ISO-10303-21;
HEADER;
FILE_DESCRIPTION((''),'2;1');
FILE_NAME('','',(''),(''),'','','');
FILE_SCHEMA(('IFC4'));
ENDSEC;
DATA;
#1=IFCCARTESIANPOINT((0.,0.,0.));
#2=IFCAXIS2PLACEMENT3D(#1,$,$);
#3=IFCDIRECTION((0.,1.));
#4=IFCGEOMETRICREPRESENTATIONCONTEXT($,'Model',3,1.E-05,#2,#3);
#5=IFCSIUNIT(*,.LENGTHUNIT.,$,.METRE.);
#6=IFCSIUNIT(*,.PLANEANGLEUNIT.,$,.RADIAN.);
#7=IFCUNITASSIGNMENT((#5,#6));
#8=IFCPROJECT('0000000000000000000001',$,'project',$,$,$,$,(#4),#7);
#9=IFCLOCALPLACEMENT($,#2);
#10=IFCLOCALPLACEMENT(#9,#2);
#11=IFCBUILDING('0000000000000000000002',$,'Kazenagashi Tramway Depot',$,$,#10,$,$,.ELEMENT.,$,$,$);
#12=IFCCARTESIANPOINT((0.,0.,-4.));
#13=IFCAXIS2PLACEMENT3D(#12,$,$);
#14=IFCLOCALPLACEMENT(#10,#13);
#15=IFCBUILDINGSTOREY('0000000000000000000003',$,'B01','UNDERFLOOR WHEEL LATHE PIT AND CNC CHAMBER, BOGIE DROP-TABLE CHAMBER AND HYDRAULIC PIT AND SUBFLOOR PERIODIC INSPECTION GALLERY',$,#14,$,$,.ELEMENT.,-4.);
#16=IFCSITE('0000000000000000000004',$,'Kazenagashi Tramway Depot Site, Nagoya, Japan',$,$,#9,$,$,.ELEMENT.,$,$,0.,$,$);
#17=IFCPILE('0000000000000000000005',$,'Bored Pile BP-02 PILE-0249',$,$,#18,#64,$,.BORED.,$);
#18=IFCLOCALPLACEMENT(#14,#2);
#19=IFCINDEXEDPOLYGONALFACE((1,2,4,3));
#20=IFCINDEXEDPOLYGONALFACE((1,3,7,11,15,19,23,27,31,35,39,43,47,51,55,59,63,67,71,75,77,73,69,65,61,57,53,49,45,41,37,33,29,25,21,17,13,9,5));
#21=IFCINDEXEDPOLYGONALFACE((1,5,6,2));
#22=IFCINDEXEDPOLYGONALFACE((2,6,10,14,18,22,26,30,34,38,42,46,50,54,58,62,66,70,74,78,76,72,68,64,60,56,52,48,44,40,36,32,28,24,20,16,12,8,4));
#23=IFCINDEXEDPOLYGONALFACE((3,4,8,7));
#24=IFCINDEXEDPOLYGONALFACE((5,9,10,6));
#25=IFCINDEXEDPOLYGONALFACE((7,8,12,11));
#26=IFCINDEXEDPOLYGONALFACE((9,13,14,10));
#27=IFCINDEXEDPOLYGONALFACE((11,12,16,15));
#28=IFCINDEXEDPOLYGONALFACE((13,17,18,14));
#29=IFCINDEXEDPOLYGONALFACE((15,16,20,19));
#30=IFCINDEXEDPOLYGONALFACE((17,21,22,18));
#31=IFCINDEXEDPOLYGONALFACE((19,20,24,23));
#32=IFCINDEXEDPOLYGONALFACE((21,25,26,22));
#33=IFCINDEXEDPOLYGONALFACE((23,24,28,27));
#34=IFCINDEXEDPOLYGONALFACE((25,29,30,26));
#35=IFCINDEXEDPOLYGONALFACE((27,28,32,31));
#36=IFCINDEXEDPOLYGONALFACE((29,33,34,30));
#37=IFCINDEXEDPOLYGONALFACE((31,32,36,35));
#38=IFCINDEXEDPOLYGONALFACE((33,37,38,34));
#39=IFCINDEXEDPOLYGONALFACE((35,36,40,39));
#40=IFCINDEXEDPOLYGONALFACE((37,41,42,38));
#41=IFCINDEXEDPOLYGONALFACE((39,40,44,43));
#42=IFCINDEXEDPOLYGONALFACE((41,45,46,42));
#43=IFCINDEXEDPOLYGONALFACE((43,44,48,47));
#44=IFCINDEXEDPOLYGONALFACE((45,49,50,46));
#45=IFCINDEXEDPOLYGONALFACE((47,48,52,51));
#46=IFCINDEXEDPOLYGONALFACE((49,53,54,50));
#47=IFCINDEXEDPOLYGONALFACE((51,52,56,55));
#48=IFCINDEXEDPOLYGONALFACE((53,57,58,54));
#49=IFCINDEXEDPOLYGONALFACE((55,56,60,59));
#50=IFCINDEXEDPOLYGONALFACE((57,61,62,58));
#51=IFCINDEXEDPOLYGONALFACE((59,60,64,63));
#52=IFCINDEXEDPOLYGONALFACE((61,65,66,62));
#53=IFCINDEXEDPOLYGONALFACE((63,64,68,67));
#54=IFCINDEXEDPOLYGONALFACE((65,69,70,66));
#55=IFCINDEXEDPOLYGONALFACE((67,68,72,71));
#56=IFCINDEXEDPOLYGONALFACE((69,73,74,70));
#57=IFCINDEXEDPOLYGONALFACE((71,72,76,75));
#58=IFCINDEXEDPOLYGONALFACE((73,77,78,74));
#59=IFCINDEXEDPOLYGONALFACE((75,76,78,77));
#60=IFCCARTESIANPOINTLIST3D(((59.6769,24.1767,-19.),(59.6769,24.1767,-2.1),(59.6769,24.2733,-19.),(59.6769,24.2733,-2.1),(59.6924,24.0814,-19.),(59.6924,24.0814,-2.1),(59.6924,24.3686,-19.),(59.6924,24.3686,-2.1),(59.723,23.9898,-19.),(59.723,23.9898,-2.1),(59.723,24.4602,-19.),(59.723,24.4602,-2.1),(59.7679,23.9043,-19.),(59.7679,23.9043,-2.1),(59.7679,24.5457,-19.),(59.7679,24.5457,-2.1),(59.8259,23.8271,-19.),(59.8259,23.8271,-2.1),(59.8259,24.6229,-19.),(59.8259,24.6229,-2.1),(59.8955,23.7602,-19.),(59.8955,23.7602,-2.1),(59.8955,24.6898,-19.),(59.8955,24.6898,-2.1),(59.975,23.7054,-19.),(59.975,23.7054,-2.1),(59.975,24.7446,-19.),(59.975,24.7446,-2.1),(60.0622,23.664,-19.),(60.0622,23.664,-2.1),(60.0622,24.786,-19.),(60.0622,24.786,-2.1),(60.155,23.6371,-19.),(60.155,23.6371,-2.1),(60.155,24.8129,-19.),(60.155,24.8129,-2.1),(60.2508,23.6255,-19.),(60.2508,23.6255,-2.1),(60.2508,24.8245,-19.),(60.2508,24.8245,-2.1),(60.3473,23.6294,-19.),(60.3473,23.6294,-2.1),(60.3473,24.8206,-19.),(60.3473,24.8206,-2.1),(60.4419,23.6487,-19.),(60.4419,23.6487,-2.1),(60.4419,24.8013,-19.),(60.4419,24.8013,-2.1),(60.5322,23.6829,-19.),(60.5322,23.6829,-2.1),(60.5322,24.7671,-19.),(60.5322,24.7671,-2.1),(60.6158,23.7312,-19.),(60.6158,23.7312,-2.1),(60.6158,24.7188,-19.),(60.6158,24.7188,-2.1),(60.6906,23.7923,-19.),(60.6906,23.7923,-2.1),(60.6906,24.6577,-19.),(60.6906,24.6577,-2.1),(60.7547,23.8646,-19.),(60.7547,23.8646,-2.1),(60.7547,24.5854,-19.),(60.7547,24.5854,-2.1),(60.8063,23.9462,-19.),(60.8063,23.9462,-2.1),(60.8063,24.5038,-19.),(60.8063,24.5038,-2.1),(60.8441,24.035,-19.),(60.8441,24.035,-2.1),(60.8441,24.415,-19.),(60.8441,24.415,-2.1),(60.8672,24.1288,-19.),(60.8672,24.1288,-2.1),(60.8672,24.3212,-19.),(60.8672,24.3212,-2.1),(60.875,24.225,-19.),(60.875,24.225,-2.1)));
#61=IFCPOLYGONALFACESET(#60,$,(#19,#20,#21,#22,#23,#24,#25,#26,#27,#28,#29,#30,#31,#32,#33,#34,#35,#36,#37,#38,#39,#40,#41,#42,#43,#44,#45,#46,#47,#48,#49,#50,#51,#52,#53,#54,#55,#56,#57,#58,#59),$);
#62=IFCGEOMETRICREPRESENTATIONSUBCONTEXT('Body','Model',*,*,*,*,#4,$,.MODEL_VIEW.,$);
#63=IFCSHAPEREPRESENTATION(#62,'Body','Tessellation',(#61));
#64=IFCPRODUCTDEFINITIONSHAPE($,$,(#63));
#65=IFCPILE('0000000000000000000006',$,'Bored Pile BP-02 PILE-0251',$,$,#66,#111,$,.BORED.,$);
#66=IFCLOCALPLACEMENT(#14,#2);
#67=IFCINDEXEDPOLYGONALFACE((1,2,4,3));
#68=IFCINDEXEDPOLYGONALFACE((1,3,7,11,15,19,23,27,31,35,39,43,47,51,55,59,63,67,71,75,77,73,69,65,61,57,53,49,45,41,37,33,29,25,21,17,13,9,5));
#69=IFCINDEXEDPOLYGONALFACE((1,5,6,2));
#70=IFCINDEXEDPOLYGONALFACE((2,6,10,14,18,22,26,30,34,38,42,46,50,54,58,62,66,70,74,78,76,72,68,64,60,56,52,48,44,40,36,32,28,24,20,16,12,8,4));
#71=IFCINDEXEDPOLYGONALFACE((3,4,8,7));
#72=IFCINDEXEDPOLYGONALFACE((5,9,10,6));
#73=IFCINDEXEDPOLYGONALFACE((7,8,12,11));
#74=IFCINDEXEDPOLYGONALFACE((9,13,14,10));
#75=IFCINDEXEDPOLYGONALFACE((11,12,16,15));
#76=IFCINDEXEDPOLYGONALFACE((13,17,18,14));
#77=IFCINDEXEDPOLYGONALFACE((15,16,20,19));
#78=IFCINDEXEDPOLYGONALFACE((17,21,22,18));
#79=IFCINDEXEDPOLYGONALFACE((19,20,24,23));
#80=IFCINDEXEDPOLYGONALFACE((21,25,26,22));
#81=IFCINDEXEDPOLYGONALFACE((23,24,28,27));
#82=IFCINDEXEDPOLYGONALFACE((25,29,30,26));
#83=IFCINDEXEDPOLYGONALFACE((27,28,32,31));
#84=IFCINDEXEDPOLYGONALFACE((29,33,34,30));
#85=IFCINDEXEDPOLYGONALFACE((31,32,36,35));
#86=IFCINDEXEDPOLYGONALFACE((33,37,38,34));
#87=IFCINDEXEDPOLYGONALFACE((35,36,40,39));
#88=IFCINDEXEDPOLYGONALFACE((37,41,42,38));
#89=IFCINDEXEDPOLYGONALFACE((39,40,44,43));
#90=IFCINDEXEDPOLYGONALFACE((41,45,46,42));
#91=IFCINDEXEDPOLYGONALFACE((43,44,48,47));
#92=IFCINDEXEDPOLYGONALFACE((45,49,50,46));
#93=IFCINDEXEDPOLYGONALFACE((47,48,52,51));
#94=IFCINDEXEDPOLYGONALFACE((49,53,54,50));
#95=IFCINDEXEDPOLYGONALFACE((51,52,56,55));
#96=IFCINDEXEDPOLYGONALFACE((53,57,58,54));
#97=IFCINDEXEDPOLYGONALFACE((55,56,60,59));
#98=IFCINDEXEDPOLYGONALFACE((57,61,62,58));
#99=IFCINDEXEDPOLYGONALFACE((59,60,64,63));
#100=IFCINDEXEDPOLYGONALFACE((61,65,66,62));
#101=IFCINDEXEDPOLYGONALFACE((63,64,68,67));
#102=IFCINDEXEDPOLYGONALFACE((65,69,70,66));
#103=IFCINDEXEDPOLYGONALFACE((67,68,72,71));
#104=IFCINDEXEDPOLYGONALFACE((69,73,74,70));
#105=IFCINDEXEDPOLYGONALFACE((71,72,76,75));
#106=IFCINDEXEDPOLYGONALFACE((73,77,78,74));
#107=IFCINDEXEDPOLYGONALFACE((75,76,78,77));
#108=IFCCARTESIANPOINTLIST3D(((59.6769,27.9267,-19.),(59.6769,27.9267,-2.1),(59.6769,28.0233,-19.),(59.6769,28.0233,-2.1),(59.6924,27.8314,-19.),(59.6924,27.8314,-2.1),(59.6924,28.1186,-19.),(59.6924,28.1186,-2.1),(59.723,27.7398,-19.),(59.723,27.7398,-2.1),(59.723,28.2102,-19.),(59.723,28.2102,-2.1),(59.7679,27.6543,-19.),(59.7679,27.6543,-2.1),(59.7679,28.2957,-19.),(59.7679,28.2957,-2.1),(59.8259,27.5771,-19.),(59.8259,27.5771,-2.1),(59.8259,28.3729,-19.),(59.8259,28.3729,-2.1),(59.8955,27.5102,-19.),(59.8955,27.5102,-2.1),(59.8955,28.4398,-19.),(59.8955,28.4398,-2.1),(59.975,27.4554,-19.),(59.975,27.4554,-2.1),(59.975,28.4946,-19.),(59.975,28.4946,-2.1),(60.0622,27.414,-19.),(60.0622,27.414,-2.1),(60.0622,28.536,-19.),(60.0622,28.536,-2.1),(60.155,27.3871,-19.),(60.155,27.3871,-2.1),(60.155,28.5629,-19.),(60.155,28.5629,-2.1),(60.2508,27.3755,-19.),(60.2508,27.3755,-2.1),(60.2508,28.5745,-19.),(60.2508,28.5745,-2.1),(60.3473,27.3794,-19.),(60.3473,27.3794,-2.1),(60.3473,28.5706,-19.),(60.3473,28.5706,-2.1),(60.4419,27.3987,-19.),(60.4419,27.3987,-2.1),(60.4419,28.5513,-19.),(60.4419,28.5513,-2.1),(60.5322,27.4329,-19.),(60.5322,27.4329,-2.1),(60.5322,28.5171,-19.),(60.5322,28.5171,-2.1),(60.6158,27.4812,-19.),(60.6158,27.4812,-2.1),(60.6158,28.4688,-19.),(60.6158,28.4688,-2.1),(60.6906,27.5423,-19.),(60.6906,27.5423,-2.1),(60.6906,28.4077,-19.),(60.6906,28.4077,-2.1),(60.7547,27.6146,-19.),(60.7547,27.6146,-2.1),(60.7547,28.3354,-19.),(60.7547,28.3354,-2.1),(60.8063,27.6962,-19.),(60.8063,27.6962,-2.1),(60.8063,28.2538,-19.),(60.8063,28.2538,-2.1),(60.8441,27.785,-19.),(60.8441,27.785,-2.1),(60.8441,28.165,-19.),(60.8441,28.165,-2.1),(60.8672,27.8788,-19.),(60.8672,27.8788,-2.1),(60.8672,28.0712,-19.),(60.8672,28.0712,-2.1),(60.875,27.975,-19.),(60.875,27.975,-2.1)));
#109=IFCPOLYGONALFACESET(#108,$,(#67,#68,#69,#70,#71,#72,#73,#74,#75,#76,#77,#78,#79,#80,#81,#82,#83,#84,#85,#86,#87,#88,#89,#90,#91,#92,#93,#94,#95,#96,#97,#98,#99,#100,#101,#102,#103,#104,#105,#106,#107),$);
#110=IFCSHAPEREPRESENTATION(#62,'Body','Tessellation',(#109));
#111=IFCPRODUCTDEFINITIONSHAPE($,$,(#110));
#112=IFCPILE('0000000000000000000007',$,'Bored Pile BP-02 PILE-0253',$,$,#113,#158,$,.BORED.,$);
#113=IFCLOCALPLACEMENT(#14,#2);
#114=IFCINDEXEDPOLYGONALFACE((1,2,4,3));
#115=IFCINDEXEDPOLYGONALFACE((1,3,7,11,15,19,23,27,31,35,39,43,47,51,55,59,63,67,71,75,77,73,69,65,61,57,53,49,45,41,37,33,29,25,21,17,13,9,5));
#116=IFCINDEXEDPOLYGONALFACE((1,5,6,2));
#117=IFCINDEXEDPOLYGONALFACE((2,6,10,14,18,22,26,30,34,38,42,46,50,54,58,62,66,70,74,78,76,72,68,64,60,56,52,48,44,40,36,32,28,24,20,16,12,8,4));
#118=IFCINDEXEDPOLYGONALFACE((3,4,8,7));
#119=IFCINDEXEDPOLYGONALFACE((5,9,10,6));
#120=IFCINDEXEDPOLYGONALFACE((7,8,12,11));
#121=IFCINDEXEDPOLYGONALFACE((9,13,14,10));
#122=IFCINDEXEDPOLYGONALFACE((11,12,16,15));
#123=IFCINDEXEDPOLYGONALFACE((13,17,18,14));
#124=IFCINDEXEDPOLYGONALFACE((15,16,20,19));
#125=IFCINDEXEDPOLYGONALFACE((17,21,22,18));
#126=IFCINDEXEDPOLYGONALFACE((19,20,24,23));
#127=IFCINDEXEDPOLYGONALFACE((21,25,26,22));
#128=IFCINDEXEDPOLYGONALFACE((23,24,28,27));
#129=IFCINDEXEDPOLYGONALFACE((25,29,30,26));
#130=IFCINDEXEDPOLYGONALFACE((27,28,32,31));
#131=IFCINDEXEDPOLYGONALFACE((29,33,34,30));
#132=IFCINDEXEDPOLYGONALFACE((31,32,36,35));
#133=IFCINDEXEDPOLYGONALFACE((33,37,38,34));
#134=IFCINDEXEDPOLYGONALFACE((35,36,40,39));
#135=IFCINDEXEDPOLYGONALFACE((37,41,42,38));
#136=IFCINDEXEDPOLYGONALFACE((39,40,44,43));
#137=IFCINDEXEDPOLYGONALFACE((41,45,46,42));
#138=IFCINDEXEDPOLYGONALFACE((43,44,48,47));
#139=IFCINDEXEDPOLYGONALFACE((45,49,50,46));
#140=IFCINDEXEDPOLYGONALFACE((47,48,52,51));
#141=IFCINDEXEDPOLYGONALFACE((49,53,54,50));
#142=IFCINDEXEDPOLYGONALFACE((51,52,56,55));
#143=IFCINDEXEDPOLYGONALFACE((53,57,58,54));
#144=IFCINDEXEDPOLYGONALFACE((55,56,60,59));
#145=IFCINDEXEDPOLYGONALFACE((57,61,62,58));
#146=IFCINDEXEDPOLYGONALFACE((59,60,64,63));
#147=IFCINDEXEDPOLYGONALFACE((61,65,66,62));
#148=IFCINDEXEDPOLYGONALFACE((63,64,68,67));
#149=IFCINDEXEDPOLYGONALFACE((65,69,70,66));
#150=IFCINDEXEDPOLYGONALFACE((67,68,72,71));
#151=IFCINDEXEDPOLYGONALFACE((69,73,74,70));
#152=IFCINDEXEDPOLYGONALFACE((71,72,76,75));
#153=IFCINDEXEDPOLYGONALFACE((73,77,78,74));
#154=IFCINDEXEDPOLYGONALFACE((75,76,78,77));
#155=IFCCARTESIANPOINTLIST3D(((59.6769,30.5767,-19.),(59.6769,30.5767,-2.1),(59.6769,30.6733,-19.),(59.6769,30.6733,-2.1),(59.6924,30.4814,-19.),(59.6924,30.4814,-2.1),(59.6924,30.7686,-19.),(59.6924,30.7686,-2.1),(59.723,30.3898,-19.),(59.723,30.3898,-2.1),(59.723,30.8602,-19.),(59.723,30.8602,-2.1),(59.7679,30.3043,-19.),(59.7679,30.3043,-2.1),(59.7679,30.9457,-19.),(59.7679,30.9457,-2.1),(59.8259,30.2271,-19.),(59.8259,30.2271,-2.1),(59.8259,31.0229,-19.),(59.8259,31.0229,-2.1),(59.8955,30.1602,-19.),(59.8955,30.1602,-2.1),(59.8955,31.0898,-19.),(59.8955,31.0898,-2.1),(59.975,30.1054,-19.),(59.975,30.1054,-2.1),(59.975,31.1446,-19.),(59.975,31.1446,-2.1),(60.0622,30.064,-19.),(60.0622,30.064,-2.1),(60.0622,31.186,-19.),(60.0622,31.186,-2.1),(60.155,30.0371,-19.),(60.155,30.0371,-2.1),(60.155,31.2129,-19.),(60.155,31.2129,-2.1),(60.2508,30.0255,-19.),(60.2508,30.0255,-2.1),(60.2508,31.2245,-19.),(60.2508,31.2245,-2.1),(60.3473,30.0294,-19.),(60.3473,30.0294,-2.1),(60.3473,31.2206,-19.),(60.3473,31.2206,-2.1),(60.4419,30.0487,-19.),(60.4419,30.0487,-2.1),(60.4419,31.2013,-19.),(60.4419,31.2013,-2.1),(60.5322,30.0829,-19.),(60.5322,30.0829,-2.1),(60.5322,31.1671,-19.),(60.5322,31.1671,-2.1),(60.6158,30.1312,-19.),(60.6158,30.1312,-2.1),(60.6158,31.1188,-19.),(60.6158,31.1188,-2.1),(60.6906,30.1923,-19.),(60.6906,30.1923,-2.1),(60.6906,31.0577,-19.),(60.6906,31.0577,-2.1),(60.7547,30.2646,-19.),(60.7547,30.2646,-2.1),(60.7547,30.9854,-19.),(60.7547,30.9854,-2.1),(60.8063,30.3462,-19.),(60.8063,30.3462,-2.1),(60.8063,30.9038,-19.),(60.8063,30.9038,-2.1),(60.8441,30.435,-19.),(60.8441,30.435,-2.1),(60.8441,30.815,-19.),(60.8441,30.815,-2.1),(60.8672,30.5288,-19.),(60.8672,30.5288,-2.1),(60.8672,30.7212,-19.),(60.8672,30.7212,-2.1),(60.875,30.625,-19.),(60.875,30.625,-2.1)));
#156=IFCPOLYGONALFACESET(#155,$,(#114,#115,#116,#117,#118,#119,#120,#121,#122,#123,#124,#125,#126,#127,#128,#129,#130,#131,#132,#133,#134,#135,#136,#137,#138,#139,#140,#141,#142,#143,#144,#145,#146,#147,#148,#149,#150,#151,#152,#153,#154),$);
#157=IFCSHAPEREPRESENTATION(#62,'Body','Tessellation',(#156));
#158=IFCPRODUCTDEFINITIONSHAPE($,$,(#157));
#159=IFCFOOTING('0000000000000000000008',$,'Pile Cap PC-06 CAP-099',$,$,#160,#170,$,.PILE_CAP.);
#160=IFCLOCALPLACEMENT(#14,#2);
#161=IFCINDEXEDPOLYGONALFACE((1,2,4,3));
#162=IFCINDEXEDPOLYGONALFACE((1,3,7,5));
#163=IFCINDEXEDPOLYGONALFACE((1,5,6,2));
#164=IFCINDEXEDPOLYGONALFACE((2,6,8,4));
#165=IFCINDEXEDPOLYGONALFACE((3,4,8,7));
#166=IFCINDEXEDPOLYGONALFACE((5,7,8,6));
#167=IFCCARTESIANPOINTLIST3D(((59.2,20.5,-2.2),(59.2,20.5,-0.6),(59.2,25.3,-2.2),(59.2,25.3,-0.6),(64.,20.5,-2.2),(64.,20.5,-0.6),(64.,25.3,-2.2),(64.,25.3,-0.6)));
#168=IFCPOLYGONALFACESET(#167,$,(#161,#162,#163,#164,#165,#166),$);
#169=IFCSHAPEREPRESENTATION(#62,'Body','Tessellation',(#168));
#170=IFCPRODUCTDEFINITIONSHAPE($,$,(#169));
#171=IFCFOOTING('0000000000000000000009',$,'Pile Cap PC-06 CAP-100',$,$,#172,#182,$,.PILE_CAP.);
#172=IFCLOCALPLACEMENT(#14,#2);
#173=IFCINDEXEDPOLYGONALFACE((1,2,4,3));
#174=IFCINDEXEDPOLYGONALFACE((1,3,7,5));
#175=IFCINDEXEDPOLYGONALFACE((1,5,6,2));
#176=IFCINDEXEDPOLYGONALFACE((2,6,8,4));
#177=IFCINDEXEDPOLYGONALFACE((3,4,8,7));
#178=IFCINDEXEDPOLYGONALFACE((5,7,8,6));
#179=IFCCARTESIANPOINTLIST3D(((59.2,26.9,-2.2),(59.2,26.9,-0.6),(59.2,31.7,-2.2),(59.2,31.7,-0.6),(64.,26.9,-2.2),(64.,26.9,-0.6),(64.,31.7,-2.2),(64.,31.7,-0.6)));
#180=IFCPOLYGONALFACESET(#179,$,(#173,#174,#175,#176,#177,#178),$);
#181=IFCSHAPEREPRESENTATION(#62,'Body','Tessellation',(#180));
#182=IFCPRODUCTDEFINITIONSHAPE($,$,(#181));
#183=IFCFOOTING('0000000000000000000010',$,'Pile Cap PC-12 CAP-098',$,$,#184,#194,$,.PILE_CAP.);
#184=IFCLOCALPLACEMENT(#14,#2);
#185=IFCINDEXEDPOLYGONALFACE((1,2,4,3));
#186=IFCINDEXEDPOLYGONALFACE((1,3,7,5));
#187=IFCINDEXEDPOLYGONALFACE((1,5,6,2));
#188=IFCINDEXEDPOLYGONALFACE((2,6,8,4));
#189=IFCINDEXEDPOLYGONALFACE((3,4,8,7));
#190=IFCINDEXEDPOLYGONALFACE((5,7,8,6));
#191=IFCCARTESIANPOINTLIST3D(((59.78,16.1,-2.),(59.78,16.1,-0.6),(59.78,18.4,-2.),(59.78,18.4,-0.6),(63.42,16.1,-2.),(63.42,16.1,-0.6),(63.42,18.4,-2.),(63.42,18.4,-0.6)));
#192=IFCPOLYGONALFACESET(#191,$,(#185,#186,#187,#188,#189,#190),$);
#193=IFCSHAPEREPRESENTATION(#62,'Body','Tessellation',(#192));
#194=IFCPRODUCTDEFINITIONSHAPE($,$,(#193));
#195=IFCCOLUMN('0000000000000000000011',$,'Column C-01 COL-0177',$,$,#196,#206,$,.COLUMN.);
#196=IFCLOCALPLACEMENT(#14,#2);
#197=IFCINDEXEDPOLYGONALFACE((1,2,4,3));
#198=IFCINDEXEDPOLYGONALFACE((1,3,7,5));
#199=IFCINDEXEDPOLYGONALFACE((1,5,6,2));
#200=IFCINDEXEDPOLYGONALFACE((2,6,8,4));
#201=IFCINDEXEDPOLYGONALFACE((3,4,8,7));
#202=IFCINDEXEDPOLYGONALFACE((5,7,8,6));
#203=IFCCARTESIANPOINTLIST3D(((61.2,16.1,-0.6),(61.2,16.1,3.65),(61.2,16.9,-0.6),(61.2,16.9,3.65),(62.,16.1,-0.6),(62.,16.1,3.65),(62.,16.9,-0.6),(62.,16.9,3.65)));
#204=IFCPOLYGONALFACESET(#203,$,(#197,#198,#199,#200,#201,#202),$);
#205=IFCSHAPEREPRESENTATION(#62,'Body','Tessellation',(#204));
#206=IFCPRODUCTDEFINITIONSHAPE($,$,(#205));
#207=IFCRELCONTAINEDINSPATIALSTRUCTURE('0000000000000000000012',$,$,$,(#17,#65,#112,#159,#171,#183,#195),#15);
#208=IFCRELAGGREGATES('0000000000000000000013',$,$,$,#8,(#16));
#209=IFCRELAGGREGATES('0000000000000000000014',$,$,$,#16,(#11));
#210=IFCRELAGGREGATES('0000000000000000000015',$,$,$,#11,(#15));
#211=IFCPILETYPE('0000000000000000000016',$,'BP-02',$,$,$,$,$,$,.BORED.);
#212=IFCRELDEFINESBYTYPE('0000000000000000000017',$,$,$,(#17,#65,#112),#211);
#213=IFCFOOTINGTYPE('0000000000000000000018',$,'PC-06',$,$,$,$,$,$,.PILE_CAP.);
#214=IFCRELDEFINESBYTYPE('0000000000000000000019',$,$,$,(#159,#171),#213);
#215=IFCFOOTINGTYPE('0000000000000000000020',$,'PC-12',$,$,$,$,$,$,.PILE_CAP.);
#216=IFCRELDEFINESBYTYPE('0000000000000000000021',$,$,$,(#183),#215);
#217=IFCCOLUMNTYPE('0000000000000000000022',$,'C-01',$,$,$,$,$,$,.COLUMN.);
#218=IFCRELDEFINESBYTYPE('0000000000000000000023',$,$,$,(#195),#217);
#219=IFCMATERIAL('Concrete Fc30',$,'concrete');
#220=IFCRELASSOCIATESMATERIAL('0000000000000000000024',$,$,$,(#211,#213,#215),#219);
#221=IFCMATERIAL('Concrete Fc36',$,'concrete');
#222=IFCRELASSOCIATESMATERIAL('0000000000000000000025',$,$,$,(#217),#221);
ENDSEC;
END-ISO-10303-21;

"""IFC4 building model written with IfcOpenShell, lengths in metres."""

from ifc_helpers import new_model, si_unit, direction, frame, origin, origin_2d, place, context, subcontext, project, spatial, rectangle, circle, extrude, material, material_profile, profile_set, type_object, element, save


model = new_model("IFC4")

# Units and contexts
model_context = context("Model", 3, precision=1e-05, world=origin(), true_north=direction((0.0, 1.0)))
body_context = subcontext(model_context, "Body", "Model", "MODEL_VIEW")
ifc_project = project(units=[si_unit("LENGTHUNIT", "METRE"), si_unit("PLANEANGLEUNIT", "RADIAN")], contexts=[model_context])

# Site, building, storey
site_placement = place(None, origin())
site = spatial("IfcSite", under=ifc_project, at=site_placement, Name="Kazenagashi Tramway Depot Site, Nagoya, Japan", CompositionType="ELEMENT", RefElevation=0.0)
building_placement = place(site_placement, origin())
building = spatial("IfcBuilding", under=site, at=building_placement, Name="Kazenagashi Tramway Depot", CompositionType="ELEMENT")
storey_placement = place(building_placement, frame((0.0, 0.0, -4.0)))
storey = spatial("IfcBuildingStorey", under=building, at=storey_placement, Name="B01", Description="UNDERFLOOR WHEEL LATHE PIT AND CNC CHAMBER, BOGIE DROP-TABLE CHAMBER AND HYDRAULIC PIT AND SUBFLOOR PERIODIC INSPECTION GALLERY", CompositionType="ELEMENT", Elevation=-4.0)

# Piles
ifc_material_1 = material(Name="Concrete Fc30", Category="concrete")
ifc_material_profile_1 = material_profile(ifc_material_1, circle(Radius=0.6, at=origin_2d()), Name="PILE-1200")
ifc_profile_set_1 = profile_set([ifc_material_profile_1], Name="Concrete Fc30")
pile_type_1 = type_object("IfcPileType", Name="BP-02", PredefinedType="BORED", material=ifc_profile_set_1)
for number, where, z_axis, x_axis, name in (
    (1, (60.275, 24.225, -2.1), (0.0, 0.0, -1.0), (1.0, 0.0, 0.0), "Bored Pile BP-02 PILE-0249"),
    (2, (60.275, 27.975, -2.1), (0.0, 0.0, -1.0), (1.0, 0.0, 0.0), "Bored Pile BP-02 PILE-0251"),
    (3, (60.275, 30.625, -2.1), (0.0, 0.0, -1.0), (1.0, 0.0, 0.0), "Bored Pile BP-02 PILE-0253"),
):
    element("IfcPile", number, at=place(storey_placement, frame(where, z_axis=z_axis, x_axis=x_axis)), inside=storey, type_object=pile_type_1, Name=name, PredefinedType="BORED", context=body_context, shape_type="SweptSolid", body=[
        extrude(circle(Radius=0.6, at=origin_2d()), origin(), (0.0, 0.0, 1.0), 16.9),
    ])

# Footings
footing_type_1 = type_object("IfcFootingType", Name="PC-06", PredefinedType="PILE_CAP", material=ifc_material_1)
for number, where, z_axis, x_axis, name in (
    (4, (61.6, 22.9, -2.2), (0.0, 0.0, 1.0), (1.0, 0.0, 0.0), "Pile Cap PC-06 CAP-099"),
    (5, (61.6, 29.3, -2.2), (0.0, 0.0, 1.0), (1.0, 0.0, 0.0), "Pile Cap PC-06 CAP-100"),
):
    element("IfcFooting", number, at=place(storey_placement, frame(where, z_axis=z_axis, x_axis=x_axis)), inside=storey, type_object=footing_type_1, Name=name, PredefinedType="PILE_CAP", context=body_context, shape_type="SweptSolid", body=[
        extrude(rectangle(XDim=4.8, YDim=4.8, at=origin_2d()), origin(), (0.0, 0.0, 1.0), 1.6),
    ])
footing_type_2 = type_object("IfcFootingType", Name="PC-12", PredefinedType="PILE_CAP", material=ifc_material_1)
footing_placement = place(storey_placement, frame((61.6, 17.25, -2.0), z_axis=(0.0, 0.0, 1.0), x_axis=(1.0, 0.0, 0.0)))
element("IfcFooting", 6, at=footing_placement, inside=storey, type_object=footing_type_2, Name="Pile Cap PC-12 CAP-098", PredefinedType="PILE_CAP", context=body_context, shape_type="SweptSolid", body=[
    extrude(rectangle(XDim=3.64, YDim=2.3, at=origin_2d()), origin(), (0.0, 0.0, 1.0), 1.4),
])

# Column
ifc_material_2 = material(Name="Concrete Fc36", Category="concrete")
ifc_material_profile_2 = material_profile(ifc_material_2, rectangle(XDim=0.8, YDim=0.8, at=origin_2d()), Name="RC-800x800")
ifc_profile_set_2 = profile_set([ifc_material_profile_2], Name="Concrete Fc36")
column_type_1 = type_object("IfcColumnType", Name="C-01", PredefinedType="COLUMN", material=ifc_profile_set_2)
for number, where, z_axis, x_axis, name in (
    (7, (61.6, 16.5, -0.6), (0.0, 0.0, 1.0), (1.0, 0.0, 0.0), "Column C-01 COL-0177"),
):
    element("IfcColumn", number, at=place(storey_placement, frame(where, z_axis=z_axis, x_axis=x_axis)), inside=storey, type_object=column_type_1, Name=name, PredefinedType="COLUMN", context=body_context, shape_type="SweptSolid", body=[
        extrude(rectangle(XDim=0.8, YDim=0.8, at=origin_2d()), origin(), (0.0, 0.0, 1.0), 4.25),
    ])

save(model, "model.ifc")
